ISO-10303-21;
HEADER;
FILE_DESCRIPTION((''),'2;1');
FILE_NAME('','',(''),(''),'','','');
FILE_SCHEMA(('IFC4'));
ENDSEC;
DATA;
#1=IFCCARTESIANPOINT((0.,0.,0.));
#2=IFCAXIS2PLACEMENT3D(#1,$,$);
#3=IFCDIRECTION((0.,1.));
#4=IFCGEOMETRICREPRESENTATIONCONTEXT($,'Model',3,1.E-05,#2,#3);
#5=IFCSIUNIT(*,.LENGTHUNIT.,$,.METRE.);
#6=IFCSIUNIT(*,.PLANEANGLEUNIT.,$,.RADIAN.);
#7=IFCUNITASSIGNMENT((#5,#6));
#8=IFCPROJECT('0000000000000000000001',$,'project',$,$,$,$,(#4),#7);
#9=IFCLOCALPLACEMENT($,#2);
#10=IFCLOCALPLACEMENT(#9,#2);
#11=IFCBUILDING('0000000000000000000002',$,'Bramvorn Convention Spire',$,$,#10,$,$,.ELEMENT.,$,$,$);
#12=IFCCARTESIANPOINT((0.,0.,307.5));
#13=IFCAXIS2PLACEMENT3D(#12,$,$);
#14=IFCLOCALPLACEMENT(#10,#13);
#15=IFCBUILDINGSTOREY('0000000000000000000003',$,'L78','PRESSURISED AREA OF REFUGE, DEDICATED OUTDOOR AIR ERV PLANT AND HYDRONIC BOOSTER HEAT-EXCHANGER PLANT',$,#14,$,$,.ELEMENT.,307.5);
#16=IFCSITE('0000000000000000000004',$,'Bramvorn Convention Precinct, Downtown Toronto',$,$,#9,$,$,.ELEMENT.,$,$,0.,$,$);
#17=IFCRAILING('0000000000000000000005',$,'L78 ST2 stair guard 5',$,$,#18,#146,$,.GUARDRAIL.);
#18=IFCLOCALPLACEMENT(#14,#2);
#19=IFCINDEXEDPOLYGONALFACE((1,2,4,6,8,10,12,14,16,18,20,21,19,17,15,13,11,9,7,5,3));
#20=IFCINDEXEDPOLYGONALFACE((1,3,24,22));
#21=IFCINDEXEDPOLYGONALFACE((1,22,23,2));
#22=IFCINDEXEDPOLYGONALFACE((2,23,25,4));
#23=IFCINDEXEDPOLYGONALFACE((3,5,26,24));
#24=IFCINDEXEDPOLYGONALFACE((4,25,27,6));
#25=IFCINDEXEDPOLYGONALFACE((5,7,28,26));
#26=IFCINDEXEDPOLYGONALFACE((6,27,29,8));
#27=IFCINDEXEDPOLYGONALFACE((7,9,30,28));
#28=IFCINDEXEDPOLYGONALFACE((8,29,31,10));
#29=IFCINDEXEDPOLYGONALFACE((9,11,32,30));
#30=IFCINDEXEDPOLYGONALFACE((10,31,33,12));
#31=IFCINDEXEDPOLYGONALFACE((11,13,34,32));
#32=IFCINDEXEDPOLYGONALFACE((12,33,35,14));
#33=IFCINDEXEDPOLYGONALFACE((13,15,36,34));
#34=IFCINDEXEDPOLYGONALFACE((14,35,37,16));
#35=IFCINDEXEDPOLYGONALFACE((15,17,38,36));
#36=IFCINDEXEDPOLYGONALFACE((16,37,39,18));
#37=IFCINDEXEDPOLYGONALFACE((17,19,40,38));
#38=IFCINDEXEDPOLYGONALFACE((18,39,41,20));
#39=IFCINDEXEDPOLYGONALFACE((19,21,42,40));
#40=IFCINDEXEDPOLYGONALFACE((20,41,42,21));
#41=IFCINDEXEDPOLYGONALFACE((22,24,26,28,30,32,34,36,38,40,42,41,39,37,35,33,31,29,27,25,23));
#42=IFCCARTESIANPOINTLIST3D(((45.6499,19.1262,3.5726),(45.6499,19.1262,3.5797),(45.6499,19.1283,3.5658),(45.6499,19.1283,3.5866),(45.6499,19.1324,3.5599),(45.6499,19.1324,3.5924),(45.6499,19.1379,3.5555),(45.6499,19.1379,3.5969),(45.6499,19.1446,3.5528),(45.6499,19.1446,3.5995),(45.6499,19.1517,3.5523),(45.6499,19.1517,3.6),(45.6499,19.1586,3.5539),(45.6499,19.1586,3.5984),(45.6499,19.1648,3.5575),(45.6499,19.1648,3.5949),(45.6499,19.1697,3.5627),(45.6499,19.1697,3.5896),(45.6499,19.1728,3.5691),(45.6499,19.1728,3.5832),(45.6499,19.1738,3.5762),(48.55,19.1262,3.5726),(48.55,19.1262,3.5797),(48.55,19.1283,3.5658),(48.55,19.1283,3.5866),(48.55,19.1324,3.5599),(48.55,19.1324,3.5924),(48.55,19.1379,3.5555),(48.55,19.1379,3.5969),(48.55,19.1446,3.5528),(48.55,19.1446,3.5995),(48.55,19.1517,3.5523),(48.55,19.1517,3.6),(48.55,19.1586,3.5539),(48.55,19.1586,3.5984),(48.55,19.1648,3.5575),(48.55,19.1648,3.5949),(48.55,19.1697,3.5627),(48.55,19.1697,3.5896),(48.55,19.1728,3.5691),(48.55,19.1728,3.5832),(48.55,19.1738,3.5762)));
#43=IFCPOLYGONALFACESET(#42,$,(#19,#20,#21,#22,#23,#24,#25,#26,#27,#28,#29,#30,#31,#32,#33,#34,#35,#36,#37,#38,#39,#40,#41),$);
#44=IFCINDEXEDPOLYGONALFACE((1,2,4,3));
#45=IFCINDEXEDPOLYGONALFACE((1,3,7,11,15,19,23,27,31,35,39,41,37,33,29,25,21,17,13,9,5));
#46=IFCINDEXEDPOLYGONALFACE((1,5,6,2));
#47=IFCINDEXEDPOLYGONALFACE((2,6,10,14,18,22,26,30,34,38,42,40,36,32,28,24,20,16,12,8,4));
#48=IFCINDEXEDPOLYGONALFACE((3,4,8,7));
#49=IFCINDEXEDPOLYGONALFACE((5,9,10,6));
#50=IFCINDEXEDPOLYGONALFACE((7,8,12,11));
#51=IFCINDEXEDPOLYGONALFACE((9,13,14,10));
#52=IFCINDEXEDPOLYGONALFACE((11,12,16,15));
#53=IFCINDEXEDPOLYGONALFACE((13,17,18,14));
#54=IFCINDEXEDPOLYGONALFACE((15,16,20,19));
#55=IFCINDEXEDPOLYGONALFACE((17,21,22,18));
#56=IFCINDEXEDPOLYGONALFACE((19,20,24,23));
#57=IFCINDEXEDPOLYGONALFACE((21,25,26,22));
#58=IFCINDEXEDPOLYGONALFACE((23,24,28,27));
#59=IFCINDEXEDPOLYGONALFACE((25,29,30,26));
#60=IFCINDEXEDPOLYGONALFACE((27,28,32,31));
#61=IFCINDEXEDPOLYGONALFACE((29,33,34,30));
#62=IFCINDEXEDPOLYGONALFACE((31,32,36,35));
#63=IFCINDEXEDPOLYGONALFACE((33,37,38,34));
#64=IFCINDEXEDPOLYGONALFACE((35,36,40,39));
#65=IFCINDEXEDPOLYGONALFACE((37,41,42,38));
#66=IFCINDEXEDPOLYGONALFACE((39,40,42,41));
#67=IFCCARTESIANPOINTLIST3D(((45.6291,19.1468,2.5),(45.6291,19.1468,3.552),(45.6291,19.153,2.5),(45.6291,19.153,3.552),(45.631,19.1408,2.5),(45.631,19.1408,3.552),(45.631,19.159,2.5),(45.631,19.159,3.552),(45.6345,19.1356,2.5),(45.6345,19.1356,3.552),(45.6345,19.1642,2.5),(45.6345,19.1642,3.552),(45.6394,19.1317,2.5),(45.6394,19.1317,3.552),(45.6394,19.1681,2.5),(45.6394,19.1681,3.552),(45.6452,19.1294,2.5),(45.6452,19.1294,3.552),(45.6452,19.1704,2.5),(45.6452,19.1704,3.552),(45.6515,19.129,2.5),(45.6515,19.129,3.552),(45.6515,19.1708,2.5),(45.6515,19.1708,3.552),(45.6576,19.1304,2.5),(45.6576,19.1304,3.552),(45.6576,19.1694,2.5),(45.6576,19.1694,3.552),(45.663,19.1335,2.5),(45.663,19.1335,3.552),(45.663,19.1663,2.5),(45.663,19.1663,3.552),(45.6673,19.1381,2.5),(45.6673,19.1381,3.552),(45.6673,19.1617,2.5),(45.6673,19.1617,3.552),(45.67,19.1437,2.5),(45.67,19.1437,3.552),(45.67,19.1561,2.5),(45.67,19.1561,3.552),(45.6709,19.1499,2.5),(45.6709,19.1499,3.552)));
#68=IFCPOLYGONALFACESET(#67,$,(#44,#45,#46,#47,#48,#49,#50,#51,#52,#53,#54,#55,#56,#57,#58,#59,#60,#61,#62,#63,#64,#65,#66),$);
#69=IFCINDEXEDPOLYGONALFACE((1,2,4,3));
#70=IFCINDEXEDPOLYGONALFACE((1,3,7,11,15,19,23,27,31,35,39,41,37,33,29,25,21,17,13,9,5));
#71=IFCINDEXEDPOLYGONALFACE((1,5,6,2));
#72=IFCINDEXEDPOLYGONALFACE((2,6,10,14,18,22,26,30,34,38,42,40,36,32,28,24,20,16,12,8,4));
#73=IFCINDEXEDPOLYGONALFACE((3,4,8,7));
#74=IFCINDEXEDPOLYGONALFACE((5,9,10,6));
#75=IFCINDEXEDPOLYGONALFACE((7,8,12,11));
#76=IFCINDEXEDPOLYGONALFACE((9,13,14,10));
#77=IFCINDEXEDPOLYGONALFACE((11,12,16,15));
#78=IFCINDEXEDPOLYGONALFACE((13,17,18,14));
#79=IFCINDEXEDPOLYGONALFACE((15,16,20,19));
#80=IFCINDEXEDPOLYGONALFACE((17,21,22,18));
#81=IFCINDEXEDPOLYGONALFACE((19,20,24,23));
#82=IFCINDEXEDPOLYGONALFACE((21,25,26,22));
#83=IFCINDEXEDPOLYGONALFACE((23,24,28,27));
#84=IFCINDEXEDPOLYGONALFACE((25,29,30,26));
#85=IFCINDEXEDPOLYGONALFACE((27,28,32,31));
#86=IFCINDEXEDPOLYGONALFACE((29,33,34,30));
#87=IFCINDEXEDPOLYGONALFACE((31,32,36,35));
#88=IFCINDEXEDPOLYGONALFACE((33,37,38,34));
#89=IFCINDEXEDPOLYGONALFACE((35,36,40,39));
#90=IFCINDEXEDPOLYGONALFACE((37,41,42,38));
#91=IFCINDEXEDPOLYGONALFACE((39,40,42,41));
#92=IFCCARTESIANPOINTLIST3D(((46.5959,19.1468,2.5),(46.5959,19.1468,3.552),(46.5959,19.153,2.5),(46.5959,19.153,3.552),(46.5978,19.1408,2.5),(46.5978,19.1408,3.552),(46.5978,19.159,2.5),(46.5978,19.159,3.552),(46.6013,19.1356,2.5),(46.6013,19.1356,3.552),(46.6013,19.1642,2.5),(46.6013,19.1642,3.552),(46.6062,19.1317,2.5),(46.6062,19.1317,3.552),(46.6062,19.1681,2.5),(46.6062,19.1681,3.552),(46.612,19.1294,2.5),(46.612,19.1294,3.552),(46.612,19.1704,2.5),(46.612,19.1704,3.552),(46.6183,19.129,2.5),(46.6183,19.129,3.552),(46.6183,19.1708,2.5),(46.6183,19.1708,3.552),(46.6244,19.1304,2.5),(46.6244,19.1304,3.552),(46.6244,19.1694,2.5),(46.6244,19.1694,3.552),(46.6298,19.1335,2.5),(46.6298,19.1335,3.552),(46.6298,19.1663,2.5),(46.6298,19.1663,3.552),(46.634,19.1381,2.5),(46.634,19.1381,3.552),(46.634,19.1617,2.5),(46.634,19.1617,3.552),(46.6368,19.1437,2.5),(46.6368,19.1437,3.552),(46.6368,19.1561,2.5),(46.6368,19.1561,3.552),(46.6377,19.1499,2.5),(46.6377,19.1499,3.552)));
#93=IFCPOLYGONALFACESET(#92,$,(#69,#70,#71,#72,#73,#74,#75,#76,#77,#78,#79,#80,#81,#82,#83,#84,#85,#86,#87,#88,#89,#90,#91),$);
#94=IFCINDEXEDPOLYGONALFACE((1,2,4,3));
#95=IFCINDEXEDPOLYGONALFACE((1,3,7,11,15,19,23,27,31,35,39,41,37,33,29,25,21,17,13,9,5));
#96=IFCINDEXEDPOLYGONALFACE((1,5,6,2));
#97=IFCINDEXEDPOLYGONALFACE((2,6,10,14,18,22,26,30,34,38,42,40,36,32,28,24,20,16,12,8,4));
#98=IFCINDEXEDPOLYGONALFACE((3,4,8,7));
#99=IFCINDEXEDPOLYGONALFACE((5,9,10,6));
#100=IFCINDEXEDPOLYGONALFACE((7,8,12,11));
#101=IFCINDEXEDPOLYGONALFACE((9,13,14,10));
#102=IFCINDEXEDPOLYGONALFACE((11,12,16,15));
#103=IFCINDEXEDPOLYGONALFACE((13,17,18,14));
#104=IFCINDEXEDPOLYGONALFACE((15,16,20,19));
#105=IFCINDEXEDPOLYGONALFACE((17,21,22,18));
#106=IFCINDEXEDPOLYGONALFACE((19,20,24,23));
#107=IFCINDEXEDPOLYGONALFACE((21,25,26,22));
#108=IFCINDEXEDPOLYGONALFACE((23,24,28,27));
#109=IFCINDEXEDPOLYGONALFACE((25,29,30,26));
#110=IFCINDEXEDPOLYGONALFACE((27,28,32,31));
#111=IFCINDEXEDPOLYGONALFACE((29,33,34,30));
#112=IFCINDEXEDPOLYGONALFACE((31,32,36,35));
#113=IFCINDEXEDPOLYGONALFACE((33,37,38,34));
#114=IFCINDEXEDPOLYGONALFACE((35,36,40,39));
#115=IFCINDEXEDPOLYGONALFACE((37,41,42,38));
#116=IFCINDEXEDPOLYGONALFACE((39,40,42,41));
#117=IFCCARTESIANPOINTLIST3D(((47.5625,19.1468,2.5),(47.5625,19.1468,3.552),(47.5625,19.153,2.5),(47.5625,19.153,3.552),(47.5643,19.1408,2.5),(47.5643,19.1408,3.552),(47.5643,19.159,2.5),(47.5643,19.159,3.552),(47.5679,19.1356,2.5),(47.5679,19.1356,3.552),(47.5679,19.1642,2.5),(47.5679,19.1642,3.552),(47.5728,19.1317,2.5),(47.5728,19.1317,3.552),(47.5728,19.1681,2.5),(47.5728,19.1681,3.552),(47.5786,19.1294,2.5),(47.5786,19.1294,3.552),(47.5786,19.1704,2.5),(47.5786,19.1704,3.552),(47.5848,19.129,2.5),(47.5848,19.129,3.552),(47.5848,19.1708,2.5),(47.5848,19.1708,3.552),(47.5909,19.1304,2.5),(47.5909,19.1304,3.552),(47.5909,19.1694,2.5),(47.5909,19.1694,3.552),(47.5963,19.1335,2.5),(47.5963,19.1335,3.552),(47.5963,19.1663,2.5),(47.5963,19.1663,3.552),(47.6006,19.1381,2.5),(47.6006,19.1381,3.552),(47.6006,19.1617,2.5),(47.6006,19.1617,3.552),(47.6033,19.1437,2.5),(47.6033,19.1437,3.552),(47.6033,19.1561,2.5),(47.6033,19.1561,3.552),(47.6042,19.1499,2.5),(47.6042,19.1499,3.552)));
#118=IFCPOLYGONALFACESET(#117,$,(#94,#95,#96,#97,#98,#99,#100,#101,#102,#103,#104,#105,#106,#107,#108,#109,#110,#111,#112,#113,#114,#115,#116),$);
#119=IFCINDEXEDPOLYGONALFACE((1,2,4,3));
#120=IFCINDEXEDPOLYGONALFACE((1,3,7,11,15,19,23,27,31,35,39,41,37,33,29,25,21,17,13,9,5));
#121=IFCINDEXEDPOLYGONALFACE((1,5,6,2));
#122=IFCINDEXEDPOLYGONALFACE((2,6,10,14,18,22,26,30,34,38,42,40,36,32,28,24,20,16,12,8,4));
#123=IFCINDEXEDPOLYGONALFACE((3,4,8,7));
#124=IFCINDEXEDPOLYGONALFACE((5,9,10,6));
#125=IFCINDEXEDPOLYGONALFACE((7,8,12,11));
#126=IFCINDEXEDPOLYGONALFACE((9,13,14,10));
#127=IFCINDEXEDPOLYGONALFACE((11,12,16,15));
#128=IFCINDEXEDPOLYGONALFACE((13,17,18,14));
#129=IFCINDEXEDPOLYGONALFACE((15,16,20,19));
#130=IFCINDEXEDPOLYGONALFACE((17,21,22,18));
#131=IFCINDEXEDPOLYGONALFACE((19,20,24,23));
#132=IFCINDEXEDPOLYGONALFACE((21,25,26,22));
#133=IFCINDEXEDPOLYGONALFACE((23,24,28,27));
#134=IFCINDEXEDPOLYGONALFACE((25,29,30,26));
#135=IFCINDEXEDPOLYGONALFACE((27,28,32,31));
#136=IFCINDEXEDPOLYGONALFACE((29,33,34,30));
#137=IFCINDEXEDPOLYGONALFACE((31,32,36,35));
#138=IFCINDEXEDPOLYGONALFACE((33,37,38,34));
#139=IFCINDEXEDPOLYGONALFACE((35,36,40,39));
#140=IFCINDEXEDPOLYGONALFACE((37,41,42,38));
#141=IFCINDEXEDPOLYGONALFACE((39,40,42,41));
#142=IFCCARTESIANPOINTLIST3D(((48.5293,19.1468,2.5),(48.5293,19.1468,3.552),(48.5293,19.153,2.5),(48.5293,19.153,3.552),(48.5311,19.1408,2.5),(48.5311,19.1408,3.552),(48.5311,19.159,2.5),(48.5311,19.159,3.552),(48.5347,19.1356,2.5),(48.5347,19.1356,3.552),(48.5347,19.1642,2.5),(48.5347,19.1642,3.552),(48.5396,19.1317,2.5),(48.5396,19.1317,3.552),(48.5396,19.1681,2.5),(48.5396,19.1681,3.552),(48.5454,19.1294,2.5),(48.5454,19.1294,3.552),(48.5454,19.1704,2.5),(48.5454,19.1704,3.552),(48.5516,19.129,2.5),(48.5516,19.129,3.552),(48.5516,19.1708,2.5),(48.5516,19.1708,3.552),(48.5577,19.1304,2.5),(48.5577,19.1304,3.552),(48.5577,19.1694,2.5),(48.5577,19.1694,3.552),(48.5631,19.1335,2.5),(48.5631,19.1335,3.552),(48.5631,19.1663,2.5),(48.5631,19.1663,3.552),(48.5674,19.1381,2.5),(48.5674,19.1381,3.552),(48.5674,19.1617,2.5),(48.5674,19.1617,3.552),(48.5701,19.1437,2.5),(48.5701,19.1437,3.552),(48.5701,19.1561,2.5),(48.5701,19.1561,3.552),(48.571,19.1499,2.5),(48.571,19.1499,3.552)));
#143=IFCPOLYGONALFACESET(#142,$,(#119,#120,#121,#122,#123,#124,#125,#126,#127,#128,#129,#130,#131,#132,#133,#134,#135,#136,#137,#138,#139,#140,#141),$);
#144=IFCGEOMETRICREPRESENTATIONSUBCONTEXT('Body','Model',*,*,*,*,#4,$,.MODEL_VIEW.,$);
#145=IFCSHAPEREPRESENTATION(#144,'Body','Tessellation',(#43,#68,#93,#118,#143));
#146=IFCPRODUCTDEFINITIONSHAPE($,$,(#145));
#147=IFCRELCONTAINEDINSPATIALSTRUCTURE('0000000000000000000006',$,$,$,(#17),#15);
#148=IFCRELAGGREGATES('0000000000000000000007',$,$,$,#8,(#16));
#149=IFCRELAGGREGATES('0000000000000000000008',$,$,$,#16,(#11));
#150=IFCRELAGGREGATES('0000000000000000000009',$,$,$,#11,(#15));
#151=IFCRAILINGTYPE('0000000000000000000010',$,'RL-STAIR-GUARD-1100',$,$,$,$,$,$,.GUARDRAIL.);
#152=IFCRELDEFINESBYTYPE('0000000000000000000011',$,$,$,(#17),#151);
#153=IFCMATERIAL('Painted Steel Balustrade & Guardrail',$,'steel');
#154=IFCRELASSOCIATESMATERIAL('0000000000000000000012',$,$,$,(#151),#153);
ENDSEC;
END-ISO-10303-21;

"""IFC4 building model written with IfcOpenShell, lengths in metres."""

from ifc_helpers import new_model, si_unit, direction, frame, origin, origin_2d, place, context, subcontext, project, spatial, circle, extrude, material, type_object, element, save


model = new_model("IFC4")

# Units and contexts
model_context = context("Model", 3, precision=1e-05, world=origin(), true_north=direction((0.0, 1.0)))
body_context = subcontext(model_context, "Body", "Model", "MODEL_VIEW")
ifc_project = project(units=[si_unit("LENGTHUNIT", "METRE"), si_unit("PLANEANGLEUNIT", "RADIAN")], contexts=[model_context])

# Site, building, storey
site_placement = place(None, origin())
site = spatial("IfcSite", under=ifc_project, at=site_placement, Name="Bramvorn Convention Precinct, Downtown Toronto", CompositionType="ELEMENT", RefElevation=0.0)
building_placement = place(site_placement, origin())
building = spatial("IfcBuilding", under=site, at=building_placement, Name="Bramvorn Convention Spire", CompositionType="ELEMENT")
storey_placement = place(building_placement, frame((0.0, 0.0, 307.5)))
storey = spatial("IfcBuildingStorey", under=building, at=storey_placement, Name="L78", Description="PRESSURISED AREA OF REFUGE, DEDICATED OUTDOOR AIR ERV PLANT AND HYDRONIC BOOSTER HEAT-EXCHANGER PLANT", CompositionType="ELEMENT", Elevation=307.5)

# Railing
ifc_material_1 = material(Name="Painted Steel Balustrade & Guardrail", Category="steel")
railing_type = type_object("IfcRailingType", Name="RL-STAIR-GUARD-1100", PredefinedType="GUARDRAIL", material=ifc_material_1)
railing_1_placement = place(storey_placement, frame((45.6499, 19.1499, 2.5)))
element("IfcRailing", 1, at=railing_1_placement, inside=storey, type_object=railing_type, Name="L78 ST2 stair guard 5", PredefinedType="GUARDRAIL", context=body_context, shape_type="SweptSolid", body=[
    extrude(circle(Radius=0.0239, at=origin_2d()), frame((0.0, 0.0, 1.0762), z_axis=(1.0, 0.0, 0.0), x_axis=(0.0, 1.0, 0.0)), (0.0, 0.0, 1.0), 2.9001),
    extrude(circle(Radius=0.021, at=origin_2d()), origin(), (0.0, 0.0, 1.0), 1.052),
    extrude(circle(Radius=0.021, at=origin_2d()), frame((0.9668, 0.0, 0.0)), (0.0, 0.0, 1.0), 1.052),
    extrude(circle(Radius=0.021, at=origin_2d()), frame((1.9333, 0.0, 0.0)), (0.0, 0.0, 1.0), 1.052),
    extrude(circle(Radius=0.021, at=origin_2d()), frame((2.9001, 0.0, 0.0)), (0.0, 0.0, 1.0), 1.052),
])

save(model, "model.ifc")
